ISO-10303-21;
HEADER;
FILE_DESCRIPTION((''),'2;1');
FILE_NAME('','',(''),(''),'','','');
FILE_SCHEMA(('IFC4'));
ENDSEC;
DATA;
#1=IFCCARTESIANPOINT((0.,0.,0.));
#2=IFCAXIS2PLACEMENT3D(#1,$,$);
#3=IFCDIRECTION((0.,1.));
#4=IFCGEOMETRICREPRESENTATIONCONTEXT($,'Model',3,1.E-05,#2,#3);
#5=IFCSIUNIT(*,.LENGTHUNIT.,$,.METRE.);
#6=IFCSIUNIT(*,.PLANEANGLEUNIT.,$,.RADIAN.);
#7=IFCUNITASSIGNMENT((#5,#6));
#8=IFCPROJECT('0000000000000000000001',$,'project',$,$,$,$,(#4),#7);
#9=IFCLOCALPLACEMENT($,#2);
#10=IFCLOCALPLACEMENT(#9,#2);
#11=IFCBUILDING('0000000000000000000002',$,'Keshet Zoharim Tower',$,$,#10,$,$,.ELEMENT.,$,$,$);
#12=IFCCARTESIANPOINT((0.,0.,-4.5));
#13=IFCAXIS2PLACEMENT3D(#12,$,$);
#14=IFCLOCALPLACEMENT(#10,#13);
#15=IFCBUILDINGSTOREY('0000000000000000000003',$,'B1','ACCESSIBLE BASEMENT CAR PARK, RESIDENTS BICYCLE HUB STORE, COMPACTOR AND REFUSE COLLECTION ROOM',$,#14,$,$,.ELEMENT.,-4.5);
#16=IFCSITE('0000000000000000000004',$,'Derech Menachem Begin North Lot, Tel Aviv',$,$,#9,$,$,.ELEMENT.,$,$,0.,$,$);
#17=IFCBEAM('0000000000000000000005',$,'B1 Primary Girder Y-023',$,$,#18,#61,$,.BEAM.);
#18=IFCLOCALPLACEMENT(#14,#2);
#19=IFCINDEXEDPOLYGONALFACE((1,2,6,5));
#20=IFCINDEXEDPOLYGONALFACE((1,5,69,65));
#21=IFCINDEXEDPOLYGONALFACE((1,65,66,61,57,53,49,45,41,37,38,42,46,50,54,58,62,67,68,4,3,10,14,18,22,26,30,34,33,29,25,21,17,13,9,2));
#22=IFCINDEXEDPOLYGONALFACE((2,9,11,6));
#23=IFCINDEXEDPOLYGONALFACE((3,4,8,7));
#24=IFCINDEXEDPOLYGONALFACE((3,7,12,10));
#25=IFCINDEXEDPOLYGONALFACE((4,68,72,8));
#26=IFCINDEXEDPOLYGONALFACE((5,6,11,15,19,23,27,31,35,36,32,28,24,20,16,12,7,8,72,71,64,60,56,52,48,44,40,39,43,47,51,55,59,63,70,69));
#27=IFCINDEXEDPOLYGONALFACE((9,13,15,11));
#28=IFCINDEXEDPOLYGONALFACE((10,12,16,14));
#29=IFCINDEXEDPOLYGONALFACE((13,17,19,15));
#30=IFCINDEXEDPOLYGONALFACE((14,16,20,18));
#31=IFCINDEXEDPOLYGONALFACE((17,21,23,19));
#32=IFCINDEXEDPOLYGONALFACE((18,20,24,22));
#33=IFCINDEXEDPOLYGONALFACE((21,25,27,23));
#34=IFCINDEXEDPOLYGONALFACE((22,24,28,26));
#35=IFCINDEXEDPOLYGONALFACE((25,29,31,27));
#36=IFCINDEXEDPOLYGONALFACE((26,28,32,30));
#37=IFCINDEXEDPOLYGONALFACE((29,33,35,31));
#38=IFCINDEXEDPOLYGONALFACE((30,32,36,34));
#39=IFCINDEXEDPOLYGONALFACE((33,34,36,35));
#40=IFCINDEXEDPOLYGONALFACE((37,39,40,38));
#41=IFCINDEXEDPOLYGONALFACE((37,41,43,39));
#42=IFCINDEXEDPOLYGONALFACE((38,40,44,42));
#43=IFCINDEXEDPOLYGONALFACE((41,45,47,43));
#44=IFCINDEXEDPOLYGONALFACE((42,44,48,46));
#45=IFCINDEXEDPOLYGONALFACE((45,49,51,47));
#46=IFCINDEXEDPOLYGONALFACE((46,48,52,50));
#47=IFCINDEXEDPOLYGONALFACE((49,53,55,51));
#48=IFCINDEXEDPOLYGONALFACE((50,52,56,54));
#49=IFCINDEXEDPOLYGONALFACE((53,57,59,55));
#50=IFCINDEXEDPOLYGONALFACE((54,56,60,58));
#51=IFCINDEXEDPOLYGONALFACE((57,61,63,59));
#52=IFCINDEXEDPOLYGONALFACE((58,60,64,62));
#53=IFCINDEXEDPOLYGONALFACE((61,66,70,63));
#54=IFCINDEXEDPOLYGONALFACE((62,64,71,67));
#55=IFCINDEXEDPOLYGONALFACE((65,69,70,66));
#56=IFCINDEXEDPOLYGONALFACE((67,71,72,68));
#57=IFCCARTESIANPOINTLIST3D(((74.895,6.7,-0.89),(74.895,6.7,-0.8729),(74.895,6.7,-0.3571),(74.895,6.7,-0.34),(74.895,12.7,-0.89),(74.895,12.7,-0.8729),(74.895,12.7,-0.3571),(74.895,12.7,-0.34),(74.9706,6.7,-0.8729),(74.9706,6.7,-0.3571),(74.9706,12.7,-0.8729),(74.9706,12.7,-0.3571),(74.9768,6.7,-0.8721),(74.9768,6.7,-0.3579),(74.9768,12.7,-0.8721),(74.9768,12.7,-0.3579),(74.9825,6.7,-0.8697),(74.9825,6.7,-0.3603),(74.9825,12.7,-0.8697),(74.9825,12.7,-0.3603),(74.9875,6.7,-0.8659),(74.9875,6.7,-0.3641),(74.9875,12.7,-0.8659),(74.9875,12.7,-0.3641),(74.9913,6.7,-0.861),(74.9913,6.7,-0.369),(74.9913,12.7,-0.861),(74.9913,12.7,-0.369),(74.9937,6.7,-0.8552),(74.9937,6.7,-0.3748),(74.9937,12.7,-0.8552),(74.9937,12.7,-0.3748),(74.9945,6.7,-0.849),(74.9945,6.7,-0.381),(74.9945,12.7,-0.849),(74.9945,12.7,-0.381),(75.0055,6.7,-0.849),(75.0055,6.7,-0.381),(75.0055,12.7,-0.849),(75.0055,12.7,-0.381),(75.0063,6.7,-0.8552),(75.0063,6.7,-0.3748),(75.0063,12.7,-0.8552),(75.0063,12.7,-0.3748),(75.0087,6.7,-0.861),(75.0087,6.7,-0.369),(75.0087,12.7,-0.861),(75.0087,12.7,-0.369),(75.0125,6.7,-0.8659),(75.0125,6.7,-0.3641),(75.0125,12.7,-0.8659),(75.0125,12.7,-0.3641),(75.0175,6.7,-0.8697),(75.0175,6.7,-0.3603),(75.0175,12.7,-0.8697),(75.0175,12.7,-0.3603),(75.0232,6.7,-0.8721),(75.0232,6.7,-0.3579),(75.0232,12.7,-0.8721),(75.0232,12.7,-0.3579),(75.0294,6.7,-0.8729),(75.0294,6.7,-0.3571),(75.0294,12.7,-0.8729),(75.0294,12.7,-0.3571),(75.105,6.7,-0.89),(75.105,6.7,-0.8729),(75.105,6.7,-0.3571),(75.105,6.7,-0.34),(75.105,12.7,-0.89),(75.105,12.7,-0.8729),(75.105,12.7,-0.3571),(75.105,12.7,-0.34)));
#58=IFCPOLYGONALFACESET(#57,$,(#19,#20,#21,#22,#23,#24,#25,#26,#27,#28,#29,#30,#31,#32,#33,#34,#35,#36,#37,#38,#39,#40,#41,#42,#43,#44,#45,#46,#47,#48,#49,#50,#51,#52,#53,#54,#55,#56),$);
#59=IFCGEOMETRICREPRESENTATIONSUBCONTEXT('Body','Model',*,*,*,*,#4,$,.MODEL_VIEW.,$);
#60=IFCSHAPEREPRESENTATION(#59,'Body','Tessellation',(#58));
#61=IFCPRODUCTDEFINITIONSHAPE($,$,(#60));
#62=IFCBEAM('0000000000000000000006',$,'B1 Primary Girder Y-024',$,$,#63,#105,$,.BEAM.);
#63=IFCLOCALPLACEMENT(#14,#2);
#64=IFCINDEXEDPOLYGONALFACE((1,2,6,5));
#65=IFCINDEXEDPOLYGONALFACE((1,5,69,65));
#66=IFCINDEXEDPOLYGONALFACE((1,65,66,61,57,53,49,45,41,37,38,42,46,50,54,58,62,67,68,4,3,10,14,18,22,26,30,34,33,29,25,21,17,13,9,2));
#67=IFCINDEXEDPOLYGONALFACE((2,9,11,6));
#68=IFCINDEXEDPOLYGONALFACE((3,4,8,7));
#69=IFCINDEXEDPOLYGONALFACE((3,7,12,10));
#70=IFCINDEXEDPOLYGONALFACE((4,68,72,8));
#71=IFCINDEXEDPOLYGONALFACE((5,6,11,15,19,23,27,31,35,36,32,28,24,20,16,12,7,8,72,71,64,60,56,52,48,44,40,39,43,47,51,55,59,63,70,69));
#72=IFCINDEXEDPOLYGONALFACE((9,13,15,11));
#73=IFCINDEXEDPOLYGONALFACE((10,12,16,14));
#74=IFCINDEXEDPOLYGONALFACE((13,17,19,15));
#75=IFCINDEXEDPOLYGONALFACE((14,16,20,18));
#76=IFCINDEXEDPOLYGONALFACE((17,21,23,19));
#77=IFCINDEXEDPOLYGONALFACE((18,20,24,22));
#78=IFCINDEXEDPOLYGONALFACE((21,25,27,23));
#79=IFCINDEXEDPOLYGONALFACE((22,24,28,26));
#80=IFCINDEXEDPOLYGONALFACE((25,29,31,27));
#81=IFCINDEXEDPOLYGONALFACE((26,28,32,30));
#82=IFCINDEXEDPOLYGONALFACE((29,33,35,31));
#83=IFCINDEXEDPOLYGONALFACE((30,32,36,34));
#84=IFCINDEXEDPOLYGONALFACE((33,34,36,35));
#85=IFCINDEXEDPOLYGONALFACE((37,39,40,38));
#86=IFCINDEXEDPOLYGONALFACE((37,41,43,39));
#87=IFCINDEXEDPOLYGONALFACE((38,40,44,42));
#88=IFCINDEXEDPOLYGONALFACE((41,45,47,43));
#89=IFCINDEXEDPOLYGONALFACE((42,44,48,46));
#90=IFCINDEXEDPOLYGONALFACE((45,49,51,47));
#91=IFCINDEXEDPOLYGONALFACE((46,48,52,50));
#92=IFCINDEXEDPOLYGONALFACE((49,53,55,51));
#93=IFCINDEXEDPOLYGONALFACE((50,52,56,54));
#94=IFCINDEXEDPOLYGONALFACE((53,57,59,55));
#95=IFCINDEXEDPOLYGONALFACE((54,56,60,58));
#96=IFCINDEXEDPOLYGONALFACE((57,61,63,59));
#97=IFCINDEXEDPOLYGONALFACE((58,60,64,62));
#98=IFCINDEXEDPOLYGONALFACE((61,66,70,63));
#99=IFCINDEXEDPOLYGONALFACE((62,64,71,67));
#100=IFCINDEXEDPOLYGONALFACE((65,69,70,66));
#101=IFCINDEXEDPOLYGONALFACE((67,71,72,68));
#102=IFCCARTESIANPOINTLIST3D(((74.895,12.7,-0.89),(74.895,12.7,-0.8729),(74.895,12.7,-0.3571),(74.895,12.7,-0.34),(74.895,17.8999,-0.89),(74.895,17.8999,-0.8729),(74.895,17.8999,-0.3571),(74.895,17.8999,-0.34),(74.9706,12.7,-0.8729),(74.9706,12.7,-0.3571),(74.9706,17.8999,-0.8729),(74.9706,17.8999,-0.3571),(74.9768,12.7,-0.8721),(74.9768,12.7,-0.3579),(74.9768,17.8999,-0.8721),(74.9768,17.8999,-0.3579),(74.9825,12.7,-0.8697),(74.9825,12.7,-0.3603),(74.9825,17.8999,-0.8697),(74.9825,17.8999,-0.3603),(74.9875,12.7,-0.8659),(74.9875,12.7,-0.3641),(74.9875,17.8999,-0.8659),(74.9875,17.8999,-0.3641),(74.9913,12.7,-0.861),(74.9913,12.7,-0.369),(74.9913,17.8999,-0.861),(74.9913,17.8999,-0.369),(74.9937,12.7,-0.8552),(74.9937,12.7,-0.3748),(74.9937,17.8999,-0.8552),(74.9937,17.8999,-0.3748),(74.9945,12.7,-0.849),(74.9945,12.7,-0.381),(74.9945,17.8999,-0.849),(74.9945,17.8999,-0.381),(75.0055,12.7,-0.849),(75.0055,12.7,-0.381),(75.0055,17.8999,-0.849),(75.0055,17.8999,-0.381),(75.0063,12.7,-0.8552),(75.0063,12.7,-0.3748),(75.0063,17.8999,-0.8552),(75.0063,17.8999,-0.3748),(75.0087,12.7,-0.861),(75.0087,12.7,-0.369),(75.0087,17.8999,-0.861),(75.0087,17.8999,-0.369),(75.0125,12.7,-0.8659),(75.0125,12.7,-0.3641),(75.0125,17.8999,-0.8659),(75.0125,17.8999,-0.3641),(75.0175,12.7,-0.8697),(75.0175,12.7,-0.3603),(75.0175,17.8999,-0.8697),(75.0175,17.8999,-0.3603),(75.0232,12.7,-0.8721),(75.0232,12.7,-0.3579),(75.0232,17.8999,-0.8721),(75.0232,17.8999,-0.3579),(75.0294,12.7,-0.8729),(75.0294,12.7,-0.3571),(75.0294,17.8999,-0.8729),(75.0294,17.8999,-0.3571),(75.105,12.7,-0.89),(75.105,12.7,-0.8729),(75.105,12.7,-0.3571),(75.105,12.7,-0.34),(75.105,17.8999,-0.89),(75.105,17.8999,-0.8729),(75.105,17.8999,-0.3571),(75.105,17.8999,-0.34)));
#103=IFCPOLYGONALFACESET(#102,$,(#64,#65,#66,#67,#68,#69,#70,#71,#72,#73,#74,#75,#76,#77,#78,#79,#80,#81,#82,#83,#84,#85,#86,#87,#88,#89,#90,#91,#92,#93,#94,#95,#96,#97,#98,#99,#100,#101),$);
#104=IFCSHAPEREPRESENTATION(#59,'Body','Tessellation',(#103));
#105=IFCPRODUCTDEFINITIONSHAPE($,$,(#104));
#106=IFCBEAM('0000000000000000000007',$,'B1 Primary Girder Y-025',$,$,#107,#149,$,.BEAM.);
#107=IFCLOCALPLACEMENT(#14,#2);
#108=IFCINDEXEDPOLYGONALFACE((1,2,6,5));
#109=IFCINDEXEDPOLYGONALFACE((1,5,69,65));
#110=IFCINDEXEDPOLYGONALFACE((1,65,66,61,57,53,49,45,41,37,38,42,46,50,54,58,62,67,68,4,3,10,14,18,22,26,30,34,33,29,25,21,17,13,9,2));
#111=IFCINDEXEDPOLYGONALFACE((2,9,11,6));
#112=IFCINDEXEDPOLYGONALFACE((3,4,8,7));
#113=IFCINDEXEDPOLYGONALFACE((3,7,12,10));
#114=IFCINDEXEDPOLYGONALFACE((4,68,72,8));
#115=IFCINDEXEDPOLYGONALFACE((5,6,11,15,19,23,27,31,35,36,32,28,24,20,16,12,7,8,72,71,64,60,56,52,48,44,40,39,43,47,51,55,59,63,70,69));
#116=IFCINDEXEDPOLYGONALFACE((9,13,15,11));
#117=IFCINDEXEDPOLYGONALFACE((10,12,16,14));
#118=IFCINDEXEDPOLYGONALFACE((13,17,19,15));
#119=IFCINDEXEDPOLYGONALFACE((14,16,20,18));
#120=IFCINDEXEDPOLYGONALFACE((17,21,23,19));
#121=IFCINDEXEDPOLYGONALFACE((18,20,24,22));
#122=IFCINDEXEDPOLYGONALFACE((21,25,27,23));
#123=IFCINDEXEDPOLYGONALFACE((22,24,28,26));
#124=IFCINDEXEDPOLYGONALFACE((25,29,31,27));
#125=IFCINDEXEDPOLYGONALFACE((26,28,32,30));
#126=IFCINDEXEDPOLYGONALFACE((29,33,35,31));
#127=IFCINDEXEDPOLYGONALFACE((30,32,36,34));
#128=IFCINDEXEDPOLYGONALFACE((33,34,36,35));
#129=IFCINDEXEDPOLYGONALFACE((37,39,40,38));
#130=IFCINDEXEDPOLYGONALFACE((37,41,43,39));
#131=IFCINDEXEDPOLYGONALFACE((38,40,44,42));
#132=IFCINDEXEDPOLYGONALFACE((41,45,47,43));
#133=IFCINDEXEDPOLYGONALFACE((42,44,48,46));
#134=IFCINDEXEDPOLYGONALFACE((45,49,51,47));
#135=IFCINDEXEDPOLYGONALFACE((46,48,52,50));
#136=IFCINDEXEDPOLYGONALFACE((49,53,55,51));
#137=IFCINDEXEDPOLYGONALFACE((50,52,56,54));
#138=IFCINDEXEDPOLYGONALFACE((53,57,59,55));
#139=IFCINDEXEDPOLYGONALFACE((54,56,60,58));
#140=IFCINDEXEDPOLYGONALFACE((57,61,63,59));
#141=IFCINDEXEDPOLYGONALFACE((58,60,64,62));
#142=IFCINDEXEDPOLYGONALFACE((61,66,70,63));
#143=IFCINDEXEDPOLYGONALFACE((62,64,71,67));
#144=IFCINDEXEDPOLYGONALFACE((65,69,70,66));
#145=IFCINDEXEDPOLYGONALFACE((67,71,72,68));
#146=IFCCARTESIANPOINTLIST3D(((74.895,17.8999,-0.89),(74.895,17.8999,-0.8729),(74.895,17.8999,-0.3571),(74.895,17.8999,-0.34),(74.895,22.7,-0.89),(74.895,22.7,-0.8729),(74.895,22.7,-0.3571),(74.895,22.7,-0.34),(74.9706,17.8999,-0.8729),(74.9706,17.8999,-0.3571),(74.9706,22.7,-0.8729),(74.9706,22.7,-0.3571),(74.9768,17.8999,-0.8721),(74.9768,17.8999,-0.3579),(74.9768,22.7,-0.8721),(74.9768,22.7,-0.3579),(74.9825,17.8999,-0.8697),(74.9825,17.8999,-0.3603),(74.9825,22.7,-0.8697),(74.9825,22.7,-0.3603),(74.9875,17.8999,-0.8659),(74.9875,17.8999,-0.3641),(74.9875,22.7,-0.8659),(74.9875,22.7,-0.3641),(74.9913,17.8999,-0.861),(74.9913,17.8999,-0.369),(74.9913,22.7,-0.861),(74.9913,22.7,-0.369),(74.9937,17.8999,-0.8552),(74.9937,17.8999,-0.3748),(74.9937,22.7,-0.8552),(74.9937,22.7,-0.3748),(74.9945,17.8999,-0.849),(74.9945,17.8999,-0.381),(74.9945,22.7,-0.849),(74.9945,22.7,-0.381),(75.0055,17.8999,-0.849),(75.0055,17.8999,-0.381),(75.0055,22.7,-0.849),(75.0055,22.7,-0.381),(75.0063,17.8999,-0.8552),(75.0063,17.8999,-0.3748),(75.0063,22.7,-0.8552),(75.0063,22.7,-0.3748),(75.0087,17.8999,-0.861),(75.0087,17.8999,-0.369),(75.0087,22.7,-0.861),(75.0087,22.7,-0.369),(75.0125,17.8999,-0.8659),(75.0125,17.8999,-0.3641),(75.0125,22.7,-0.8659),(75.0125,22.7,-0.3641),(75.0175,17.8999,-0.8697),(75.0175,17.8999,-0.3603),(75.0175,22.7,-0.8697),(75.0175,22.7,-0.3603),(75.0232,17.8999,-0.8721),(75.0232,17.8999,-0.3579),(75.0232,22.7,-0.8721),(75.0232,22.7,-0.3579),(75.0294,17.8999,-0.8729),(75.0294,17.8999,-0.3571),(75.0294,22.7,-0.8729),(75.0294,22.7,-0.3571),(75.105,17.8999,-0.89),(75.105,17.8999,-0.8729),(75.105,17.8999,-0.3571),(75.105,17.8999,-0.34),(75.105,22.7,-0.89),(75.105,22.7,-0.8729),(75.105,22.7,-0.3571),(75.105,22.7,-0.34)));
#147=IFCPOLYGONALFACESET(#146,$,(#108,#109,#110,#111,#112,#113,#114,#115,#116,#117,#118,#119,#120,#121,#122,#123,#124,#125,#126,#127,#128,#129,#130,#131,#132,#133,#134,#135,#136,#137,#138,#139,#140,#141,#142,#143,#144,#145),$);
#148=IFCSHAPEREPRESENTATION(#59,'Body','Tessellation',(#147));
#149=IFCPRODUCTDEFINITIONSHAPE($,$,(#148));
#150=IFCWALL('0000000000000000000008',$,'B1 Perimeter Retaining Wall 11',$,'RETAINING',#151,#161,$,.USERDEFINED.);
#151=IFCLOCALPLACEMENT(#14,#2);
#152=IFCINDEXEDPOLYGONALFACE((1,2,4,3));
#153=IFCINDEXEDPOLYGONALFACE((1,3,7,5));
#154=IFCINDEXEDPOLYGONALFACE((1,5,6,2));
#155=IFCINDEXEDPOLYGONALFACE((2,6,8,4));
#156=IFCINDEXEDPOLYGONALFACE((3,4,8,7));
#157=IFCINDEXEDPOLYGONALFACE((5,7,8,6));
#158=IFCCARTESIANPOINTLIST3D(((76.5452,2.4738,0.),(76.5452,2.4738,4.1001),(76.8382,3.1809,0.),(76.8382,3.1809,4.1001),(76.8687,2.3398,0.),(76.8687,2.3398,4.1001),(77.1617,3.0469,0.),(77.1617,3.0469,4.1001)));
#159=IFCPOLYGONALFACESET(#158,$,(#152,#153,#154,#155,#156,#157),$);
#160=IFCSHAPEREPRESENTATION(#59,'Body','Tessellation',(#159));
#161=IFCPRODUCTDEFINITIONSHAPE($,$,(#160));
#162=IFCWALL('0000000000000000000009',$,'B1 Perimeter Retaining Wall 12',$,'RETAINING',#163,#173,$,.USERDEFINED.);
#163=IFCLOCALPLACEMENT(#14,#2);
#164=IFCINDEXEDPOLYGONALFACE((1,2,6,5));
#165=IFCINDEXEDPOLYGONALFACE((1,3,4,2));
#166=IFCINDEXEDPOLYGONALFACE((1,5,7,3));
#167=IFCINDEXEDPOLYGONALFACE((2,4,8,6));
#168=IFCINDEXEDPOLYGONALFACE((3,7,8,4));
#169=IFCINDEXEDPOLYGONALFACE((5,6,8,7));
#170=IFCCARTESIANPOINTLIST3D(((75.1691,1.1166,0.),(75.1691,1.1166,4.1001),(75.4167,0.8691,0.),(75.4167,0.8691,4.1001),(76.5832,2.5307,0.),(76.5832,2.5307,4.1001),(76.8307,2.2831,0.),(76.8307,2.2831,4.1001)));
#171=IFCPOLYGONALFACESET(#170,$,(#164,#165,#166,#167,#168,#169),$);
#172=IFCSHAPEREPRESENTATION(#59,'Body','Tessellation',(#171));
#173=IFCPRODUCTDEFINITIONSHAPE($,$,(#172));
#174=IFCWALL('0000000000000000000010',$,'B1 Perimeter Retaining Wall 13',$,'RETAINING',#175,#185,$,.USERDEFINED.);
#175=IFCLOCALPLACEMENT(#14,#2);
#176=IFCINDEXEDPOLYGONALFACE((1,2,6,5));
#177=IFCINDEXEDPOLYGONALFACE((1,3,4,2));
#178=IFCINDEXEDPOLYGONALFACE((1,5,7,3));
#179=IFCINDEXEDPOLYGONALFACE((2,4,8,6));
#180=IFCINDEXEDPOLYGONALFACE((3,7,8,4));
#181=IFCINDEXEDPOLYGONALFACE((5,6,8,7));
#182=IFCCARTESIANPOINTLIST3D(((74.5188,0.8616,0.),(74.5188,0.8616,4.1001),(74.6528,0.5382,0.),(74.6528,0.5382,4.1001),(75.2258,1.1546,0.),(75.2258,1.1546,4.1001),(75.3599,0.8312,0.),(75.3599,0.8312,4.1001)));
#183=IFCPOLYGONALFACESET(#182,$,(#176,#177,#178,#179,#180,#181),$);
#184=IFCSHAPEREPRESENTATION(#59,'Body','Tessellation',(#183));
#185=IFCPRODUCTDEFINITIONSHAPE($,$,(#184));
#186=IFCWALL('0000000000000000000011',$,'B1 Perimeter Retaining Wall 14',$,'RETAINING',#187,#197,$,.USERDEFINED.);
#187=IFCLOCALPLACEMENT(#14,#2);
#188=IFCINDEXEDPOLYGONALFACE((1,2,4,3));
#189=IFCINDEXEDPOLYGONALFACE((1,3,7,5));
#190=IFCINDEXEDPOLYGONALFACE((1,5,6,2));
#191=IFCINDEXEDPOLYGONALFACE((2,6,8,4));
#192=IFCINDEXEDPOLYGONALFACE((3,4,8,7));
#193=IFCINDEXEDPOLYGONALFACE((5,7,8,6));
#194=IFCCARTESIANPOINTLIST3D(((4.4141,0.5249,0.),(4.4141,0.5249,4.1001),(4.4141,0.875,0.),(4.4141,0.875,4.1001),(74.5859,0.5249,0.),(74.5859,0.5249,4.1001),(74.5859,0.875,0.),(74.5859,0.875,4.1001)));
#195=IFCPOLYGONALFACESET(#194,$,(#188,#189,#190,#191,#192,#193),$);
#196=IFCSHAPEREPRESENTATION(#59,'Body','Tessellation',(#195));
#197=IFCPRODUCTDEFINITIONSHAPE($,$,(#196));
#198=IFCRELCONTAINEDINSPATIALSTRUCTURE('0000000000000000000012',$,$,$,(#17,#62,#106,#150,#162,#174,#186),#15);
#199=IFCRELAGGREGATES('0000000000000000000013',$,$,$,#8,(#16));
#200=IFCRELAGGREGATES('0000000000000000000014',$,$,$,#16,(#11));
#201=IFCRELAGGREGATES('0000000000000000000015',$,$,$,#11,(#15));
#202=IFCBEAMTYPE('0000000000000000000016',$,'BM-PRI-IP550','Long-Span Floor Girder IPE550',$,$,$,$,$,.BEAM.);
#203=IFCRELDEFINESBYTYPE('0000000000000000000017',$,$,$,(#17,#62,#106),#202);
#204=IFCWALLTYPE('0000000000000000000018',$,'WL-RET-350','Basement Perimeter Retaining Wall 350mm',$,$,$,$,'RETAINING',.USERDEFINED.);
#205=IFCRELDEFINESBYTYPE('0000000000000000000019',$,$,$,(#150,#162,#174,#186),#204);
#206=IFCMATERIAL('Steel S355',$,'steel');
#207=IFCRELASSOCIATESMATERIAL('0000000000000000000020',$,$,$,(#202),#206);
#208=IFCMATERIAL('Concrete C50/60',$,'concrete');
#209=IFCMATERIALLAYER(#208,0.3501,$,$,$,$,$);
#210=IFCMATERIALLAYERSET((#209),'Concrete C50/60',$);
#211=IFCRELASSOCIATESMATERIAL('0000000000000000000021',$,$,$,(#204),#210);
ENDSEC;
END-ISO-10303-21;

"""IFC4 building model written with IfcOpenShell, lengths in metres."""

from ifc_helpers import new_model, si_unit, direction, frame, frame_2d, origin, origin_2d, place, context, subcontext, project, spatial, rectangle, i_section, extrude, material, layer, layer_set, material_profile, profile_set, type_object, element, save


model = new_model("IFC4")

# Units and contexts
model_context = context("Model", 3, precision=1e-05, world=origin(), true_north=direction((0.0, 1.0)))
body_context = subcontext(model_context, "Body", "Model", "MODEL_VIEW")
ifc_project = project(units=[si_unit("LENGTHUNIT", "METRE"), si_unit("PLANEANGLEUNIT", "RADIAN")], contexts=[model_context])

# Site, building, storey
site_placement = place(None, origin())
site = spatial("IfcSite", under=ifc_project, at=site_placement, Name="Derech Menachem Begin North Lot, Tel Aviv", CompositionType="ELEMENT", RefElevation=0.0)
building_placement = place(site_placement, origin())
building = spatial("IfcBuilding", under=site, at=building_placement, Name="Keshet Zoharim Tower", CompositionType="ELEMENT")
storey_placement = place(building_placement, frame((0.0, 0.0, -4.5)))
storey = spatial("IfcBuildingStorey", under=building, at=storey_placement, Name="B1", Description="ACCESSIBLE BASEMENT CAR PARK, RESIDENTS BICYCLE HUB STORE, COMPACTOR AND REFUSE COLLECTION ROOM", CompositionType="ELEMENT", Elevation=-4.5)

# Shared definitions
ifc_material_1 = material(Name="Steel S355", Category="steel")

# Beams
ifc_material_profile_1 = material_profile(ifc_material_1, i_section(OverallWidth=0.21, OverallDepth=0.55, WebThickness=0.011, FlangeThickness=0.0171, FilletRadius=0.0239, at=origin_2d()), Name="IPE550")
ifc_profile_set_1 = profile_set([ifc_material_profile_1], Name="Steel S355")
beam_type_1 = type_object("IfcBeamType", Name="BM-PRI-IP550", Description="Long-Span Floor Girder IPE550", PredefinedType="BEAM", material=ifc_profile_set_1)
for number, where, z_axis, x_axis, name in (
    (1, (75.0, 6.7, -0.615), (0.0, 1.0, 0.0), (-1.0, 0.0, 0.0), "B1 Primary Girder Y-023"),
):
    element("IfcBeam", number, at=place(storey_placement, frame(where, z_axis=z_axis, x_axis=x_axis)), inside=storey, type_object=beam_type_1, Name=name, PredefinedType="BEAM", context=body_context, shape_type="SweptSolid", body=[
        extrude(i_section(OverallWidth=0.21, OverallDepth=0.55, WebThickness=0.011, FlangeThickness=0.0171, FilletRadius=0.0239, at=origin_2d()), origin(), (0.0, 0.0, 1.0), 6.0),
    ])
beam_1_placement = place(storey_placement, frame((75.0, 12.7, -0.615), z_axis=(0.0, 1.0, 0.0), x_axis=(-1.0, 0.0, 0.0)))
element("IfcBeam", 2, at=beam_1_placement, inside=storey, type_object=beam_type_1, Name="B1 Primary Girder Y-024", PredefinedType="BEAM", context=body_context, shape_type="SweptSolid", body=[
    extrude(i_section(OverallWidth=0.21, OverallDepth=0.55, WebThickness=0.011, FlangeThickness=0.0171, FilletRadius=0.0239, at=origin_2d()), origin(), (0.0, 0.0, 1.0), 5.2),
])
beam_2_placement = place(storey_placement, frame((75.0, 17.8999, -0.615), z_axis=(0.0, 1.0, 0.0), x_axis=(-1.0, 0.0, 0.0)))
element("IfcBeam", 3, at=beam_2_placement, inside=storey, type_object=beam_type_1, Name="B1 Primary Girder Y-025", PredefinedType="BEAM", context=body_context, shape_type="SweptSolid", body=[
    extrude(i_section(OverallWidth=0.21, OverallDepth=0.55, WebThickness=0.011, FlangeThickness=0.0171, FilletRadius=0.0239, at=origin_2d()), origin(), (0.0, 0.0, 1.0), 4.8),
])

# Walls
ifc_material_2 = material(Name="Concrete C50/60", Category="concrete")
ifc_layer = layer(ifc_material_2, 0.3501)
ifc_layer_set = layer_set([ifc_layer], Name="Concrete C50/60")
wall_type = type_object("IfcWallType", Name="WL-RET-350", Description="Basement Perimeter Retaining Wall 350mm", ElementType="RETAINING", PredefinedType="USERDEFINED", material=ifc_layer_set)
wall_1_placement = place(storey_placement, frame((77.0, 3.114, 0.0), z_axis=(0.0, 0.0, 1.0), x_axis=(-0.382803, -0.92383, 0.0)))
element("IfcWall", 4, at=wall_1_placement, inside=storey, type_object=wall_type, Name="B1 Perimeter Retaining Wall 11", ObjectType="RETAINING", PredefinedType="USERDEFINED", context=body_context, shape_type="SweptSolid", body=[
    extrude(rectangle(XDim=0.7654, YDim=0.3501, at=frame_2d((0.3828, 0.0))), origin(), (0.0, 0.0, 1.0), 4.1001),
])
wall_2_placement = place(storey_placement, frame((76.707, 2.407, 0.0), z_axis=(0.0, 0.0, 1.0), x_axis=(-0.707107, -0.707107, 0.0)))
element("IfcWall", 5, at=wall_2_placement, inside=storey, type_object=wall_type, Name="B1 Perimeter Retaining Wall 12", ObjectType="RETAINING", PredefinedType="USERDEFINED", context=body_context, shape_type="SweptSolid", body=[
    extrude(rectangle(XDim=1.9998, YDim=0.3501, at=frame_2d((1.0, 0.0))), origin(), (0.0, 0.0, 1.0), 4.1001),
])
wall_3_placement = place(storey_placement, frame((75.293, 0.9929, 0.0), z_axis=(0.0, 0.0, 1.0), x_axis=(-0.92383, -0.382803, 0.0)))
element("IfcWall", 6, at=wall_3_placement, inside=storey, type_object=wall_type, Name="B1 Perimeter Retaining Wall 13", ObjectType="RETAINING", PredefinedType="USERDEFINED", context=body_context, shape_type="SweptSolid", body=[
    extrude(rectangle(XDim=0.7654, YDim=0.3501, at=frame_2d((0.3828, 0.0))), origin(), (0.0, 0.0, 1.0), 4.1001),
])
wall_4_placement = place(storey_placement, frame((74.5859, 0.7, 0.0), z_axis=(0.0, 0.0, 1.0), x_axis=(-1.0, 0.0, 0.0)))
element("IfcWall", 7, at=wall_4_placement, inside=storey, type_object=wall_type, Name="B1 Perimeter Retaining Wall 14", ObjectType="RETAINING", PredefinedType="USERDEFINED", context=body_context, shape_type="SweptSolid", body=[
    extrude(rectangle(XDim=70.1719, YDim=0.3501, at=frame_2d((35.0859, 0.0))), origin(), (0.0, 0.0, 1.0), 4.1001),
])

save(model, "model.ifc")
